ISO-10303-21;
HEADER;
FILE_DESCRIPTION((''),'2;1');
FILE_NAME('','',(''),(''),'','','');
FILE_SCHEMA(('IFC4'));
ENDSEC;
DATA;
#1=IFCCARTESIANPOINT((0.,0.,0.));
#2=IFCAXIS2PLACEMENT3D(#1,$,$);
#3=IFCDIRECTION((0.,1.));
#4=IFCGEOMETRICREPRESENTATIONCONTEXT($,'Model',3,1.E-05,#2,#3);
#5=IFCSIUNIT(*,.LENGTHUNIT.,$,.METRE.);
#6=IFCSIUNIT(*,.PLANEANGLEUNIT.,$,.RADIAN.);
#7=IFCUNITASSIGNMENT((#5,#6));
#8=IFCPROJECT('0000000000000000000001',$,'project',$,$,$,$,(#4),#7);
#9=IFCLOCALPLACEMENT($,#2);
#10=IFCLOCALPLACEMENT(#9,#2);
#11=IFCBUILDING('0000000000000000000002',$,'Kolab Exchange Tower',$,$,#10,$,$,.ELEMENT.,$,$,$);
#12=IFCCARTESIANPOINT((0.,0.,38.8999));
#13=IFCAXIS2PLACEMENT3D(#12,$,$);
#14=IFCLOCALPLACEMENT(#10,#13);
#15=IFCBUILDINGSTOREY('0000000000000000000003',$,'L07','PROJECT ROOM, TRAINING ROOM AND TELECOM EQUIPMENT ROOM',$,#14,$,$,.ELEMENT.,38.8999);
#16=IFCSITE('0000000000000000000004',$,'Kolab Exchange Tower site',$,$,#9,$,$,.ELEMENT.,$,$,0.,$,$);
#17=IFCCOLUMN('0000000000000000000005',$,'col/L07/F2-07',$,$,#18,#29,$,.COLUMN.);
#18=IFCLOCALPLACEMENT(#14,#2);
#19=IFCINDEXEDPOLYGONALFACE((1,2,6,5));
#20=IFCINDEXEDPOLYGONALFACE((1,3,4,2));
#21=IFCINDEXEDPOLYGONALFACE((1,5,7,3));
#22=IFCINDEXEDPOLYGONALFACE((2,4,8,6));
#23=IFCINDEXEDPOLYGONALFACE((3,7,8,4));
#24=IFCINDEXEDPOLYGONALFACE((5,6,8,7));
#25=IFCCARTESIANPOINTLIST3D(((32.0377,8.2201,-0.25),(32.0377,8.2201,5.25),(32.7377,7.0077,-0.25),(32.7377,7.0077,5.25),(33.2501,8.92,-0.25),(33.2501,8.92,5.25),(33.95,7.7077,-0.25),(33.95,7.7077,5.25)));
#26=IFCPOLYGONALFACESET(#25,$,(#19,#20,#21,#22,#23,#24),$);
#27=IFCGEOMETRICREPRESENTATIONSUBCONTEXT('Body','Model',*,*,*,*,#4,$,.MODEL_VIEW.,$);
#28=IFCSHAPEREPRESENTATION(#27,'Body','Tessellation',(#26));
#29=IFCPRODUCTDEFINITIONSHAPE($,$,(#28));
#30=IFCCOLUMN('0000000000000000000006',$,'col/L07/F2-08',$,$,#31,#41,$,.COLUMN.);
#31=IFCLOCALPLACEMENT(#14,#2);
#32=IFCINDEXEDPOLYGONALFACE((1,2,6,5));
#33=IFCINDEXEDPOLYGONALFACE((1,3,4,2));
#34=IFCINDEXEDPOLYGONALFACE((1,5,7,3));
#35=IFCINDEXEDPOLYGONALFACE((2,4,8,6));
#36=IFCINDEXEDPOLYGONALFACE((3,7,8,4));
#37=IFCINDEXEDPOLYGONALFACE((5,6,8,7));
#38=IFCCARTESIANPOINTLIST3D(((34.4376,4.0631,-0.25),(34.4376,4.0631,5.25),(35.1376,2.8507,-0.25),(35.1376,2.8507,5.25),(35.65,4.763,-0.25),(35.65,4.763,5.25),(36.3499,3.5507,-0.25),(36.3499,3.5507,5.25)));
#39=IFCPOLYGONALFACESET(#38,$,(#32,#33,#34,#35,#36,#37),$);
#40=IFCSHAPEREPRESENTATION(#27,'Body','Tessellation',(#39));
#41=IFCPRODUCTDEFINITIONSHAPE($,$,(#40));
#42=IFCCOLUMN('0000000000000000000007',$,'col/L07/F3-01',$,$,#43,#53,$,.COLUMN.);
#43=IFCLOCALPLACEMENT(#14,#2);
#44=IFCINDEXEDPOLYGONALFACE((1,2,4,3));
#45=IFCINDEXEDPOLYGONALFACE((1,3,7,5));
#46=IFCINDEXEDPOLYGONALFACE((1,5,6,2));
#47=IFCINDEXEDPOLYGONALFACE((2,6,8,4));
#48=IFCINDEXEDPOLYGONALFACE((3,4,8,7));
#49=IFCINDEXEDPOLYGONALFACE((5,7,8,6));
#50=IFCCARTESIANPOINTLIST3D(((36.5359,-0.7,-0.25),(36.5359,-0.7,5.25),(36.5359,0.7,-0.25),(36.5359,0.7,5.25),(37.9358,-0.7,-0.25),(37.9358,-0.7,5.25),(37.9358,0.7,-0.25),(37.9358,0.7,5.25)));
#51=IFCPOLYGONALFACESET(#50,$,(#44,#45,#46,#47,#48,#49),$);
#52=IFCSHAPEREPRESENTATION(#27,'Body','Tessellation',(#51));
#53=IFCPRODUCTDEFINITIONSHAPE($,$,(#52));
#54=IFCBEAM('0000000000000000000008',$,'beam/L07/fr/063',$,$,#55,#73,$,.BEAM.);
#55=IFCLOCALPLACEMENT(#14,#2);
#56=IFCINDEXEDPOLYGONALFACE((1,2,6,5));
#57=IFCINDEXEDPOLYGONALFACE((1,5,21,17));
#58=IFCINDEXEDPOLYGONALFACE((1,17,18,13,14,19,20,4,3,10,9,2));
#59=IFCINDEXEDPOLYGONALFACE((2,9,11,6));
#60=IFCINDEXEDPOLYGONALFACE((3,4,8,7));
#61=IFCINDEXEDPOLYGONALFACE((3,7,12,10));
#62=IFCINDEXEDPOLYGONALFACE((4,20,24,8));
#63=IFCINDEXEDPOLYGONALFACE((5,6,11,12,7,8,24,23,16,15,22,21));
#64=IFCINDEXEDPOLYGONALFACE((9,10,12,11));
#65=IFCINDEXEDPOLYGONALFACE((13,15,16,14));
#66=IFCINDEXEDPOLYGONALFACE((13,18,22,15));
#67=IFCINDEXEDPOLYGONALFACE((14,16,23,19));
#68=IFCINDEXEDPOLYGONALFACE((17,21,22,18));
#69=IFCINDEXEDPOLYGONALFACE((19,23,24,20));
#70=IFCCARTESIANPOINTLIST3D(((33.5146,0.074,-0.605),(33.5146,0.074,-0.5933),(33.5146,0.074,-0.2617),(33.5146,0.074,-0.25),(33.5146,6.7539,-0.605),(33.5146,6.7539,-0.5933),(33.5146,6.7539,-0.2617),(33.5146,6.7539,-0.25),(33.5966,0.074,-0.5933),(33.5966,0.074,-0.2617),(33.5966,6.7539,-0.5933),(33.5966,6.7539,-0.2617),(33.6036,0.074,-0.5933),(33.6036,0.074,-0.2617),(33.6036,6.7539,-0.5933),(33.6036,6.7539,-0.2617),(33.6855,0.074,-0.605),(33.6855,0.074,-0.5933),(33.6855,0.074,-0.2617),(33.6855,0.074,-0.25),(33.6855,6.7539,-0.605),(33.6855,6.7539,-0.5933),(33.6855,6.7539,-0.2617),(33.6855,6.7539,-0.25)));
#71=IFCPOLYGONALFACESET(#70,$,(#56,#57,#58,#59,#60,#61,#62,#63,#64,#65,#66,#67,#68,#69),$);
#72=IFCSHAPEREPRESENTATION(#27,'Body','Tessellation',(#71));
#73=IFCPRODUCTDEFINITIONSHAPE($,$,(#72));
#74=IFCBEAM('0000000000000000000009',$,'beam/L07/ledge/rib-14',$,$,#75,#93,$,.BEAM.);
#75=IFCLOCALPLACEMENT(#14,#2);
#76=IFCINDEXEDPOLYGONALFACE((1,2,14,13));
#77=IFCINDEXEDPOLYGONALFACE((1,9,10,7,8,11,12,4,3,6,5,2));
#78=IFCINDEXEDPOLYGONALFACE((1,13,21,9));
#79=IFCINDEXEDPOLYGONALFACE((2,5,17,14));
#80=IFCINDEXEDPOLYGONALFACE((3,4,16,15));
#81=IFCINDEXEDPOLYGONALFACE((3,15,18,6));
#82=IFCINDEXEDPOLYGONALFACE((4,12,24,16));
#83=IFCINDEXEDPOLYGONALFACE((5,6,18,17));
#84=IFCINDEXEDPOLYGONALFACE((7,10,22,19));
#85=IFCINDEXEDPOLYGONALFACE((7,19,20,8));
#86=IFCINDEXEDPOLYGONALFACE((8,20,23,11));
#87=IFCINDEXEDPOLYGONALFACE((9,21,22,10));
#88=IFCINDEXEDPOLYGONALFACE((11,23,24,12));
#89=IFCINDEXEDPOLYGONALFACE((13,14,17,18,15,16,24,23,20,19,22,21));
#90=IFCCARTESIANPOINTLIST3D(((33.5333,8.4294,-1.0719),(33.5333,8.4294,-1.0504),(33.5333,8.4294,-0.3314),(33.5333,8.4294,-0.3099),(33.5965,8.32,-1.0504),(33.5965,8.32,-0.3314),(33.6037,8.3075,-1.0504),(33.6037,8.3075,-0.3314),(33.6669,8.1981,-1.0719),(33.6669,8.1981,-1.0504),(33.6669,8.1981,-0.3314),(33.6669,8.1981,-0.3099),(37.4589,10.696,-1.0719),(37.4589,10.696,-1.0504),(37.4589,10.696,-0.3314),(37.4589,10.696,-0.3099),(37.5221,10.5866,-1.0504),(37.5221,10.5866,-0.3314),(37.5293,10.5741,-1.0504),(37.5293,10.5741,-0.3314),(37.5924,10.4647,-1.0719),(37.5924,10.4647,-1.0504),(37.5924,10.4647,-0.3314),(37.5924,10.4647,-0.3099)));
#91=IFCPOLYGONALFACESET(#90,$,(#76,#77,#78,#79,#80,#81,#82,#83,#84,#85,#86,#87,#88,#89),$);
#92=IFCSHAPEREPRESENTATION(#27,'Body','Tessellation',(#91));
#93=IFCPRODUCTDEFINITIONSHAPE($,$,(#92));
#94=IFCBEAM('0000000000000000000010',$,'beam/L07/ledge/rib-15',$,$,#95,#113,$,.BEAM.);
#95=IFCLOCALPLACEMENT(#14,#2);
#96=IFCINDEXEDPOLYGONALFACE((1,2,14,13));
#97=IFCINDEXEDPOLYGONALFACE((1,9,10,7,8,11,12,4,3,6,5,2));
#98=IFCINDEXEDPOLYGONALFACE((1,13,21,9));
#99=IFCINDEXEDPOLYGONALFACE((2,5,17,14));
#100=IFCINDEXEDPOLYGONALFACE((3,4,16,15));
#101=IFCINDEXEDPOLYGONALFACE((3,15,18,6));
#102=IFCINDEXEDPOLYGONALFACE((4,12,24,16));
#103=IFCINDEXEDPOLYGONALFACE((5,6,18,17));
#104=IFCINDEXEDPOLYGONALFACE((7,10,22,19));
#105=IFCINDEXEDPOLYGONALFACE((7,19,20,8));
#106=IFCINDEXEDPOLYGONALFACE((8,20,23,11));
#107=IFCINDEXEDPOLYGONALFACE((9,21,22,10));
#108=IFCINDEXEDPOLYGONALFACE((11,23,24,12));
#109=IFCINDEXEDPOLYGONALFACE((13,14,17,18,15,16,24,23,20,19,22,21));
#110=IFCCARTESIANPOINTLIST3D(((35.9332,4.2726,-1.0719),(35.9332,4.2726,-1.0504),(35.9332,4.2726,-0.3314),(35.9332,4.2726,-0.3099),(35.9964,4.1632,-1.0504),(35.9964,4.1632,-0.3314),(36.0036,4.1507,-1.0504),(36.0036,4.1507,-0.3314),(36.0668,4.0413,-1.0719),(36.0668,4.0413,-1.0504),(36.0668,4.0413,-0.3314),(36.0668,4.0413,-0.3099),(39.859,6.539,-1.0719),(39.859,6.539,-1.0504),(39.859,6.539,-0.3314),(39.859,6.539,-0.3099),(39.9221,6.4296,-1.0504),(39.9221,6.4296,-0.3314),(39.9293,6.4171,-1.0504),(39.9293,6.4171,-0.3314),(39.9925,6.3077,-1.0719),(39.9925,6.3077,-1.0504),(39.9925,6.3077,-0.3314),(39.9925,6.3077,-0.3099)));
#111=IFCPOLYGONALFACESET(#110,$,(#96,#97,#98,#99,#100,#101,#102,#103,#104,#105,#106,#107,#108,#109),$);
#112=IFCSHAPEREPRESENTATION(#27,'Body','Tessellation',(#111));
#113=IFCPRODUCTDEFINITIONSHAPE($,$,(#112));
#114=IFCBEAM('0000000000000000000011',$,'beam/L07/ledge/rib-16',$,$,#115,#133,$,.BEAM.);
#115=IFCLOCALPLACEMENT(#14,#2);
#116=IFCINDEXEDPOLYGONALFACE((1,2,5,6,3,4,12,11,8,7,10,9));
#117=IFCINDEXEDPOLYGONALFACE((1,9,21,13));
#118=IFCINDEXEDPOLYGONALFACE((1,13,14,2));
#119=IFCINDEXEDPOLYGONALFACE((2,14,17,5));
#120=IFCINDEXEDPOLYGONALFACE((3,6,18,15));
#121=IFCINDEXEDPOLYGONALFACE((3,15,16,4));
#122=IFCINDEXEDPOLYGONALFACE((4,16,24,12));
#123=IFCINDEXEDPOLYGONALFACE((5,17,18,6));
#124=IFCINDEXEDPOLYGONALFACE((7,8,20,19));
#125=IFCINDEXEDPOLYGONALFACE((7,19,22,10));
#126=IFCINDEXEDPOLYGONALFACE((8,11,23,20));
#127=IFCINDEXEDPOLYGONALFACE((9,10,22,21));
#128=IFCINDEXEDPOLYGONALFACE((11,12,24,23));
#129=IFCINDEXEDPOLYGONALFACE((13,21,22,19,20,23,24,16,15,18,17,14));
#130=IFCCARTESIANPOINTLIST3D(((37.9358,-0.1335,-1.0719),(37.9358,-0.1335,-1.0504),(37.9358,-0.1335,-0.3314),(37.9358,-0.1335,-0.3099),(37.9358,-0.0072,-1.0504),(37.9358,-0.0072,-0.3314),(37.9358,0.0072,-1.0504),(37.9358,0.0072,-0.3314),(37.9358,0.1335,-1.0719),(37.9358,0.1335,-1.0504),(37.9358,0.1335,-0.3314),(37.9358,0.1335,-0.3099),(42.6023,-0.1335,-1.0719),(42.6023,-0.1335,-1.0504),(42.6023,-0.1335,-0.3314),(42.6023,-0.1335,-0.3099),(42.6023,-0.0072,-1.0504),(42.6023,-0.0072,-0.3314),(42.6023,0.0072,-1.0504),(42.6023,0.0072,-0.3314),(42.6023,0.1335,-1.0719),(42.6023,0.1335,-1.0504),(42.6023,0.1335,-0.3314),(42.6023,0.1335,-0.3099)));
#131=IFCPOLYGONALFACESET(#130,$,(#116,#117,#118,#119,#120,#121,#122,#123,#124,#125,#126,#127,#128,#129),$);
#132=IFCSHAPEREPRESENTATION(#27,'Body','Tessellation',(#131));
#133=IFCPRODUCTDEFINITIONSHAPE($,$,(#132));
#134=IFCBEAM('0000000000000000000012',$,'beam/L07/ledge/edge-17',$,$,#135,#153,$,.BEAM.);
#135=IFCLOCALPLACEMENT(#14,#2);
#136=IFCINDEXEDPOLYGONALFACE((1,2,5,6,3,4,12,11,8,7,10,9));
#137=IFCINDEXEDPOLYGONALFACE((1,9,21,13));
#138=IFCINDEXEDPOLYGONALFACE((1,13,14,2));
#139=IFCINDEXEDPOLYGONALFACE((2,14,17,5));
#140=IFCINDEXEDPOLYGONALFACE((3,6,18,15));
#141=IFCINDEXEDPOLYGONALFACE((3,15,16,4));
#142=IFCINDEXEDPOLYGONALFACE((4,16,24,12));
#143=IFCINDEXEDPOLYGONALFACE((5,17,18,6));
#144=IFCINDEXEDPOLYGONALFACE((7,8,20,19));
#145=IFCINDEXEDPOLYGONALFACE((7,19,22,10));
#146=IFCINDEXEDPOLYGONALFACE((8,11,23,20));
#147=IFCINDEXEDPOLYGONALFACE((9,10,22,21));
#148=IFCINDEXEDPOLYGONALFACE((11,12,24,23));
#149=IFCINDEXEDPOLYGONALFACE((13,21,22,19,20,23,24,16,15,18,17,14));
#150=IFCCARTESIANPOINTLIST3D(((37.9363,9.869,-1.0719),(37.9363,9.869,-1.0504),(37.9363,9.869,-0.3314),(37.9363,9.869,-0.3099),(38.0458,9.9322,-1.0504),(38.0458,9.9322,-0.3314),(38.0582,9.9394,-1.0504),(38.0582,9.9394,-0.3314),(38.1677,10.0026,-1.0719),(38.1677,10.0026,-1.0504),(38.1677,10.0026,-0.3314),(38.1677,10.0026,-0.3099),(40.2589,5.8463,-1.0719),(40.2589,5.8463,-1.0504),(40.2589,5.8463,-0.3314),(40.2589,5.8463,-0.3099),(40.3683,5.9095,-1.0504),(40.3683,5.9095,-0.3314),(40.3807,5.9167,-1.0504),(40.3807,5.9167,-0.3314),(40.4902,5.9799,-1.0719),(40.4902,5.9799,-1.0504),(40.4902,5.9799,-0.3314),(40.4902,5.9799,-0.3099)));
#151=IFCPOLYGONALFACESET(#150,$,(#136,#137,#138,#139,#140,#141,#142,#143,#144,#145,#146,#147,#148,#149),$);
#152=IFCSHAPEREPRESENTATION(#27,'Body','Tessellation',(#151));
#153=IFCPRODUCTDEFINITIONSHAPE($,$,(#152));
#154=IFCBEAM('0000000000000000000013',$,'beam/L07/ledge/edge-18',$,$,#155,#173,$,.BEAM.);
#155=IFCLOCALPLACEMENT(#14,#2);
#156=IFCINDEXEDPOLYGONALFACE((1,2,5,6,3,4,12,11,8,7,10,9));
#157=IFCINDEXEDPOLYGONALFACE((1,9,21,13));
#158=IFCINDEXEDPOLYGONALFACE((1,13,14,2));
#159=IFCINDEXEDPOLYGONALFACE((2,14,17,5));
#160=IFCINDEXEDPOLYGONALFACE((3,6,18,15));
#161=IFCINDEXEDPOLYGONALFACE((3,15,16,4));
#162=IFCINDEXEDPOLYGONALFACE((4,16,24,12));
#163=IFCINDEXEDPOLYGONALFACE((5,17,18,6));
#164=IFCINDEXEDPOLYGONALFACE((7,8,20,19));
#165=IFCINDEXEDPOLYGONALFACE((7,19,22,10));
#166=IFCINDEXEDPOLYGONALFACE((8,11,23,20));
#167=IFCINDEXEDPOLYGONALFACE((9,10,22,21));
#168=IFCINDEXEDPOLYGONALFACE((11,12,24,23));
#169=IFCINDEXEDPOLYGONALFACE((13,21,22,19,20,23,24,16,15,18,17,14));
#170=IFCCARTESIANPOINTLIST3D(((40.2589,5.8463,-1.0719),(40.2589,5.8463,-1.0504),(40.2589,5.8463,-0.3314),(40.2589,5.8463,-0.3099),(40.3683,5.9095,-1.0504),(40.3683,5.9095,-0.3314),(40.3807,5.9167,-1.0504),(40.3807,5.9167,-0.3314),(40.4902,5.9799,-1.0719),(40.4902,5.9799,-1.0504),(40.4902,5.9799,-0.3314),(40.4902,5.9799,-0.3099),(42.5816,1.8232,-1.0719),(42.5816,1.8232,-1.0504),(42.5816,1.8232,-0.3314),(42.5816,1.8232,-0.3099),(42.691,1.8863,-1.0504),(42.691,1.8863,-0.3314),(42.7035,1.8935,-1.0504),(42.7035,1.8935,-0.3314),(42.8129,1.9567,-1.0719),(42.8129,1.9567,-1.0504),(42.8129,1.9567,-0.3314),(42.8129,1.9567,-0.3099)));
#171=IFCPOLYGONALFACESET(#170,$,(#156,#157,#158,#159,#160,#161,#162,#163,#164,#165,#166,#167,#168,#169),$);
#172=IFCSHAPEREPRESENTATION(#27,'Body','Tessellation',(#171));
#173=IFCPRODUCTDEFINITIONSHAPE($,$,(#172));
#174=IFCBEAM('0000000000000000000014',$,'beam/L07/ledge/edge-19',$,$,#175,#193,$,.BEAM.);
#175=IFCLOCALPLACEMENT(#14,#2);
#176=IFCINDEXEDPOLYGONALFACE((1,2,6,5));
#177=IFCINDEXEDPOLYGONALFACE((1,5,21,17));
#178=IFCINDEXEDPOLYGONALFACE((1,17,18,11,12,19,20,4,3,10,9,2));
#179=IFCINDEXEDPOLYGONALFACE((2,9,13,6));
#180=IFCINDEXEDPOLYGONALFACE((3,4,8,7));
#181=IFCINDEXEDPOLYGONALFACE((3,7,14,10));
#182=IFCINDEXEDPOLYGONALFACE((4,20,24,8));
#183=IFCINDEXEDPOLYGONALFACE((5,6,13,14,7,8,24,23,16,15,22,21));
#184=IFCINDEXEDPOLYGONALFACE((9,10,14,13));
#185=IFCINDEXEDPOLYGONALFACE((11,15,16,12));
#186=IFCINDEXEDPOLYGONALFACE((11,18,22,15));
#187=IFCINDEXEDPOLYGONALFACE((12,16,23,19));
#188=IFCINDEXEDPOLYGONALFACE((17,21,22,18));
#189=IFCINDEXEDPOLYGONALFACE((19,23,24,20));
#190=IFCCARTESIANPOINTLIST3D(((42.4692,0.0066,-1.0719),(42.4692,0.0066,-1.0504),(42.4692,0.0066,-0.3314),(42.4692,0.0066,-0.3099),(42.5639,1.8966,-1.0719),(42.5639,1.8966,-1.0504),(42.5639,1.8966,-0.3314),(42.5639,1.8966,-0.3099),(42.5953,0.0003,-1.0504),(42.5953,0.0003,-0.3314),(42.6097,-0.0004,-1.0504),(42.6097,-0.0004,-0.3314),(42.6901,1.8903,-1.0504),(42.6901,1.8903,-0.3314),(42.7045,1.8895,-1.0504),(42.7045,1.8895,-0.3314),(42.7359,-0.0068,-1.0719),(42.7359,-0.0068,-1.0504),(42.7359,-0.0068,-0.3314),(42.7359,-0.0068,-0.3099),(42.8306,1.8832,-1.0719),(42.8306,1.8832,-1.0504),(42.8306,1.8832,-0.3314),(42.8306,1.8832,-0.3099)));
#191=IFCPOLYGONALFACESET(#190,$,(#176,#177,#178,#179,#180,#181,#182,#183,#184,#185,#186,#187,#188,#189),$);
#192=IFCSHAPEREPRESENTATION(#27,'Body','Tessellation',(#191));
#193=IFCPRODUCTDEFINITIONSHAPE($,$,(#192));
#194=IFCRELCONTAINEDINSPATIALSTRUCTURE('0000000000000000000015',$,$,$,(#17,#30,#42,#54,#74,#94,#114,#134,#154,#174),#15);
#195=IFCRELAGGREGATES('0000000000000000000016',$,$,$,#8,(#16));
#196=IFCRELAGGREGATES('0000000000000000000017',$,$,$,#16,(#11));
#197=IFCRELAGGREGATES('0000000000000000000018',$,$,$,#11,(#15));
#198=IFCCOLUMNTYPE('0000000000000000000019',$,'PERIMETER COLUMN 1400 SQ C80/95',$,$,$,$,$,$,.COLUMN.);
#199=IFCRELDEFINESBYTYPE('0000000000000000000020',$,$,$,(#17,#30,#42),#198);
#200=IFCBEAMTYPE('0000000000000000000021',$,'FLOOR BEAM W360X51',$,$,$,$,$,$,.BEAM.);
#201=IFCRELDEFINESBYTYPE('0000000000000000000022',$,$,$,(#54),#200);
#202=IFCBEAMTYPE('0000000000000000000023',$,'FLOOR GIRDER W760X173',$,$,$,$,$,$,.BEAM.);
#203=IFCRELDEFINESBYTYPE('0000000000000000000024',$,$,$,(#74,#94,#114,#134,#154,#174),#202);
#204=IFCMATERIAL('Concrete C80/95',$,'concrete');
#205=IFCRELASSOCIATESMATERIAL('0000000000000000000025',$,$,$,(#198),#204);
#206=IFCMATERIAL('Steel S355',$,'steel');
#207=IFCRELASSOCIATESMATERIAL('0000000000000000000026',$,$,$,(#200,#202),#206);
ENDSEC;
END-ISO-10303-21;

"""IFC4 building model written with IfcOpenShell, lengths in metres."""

from ifc_helpers import new_model, si_unit, direction, frame, origin, origin_2d, place, context, subcontext, project, spatial, rectangle, i_section, extrude, material, material_profile, profile_set, type_object, element, save


model = new_model("IFC4")

# Units and contexts
model_context = context("Model", 3, precision=1e-05, world=origin(), true_north=direction((0.0, 1.0)))
body_context = subcontext(model_context, "Body", "Model", "MODEL_VIEW")
ifc_project = project(units=[si_unit("LENGTHUNIT", "METRE"), si_unit("PLANEANGLEUNIT", "RADIAN")], contexts=[model_context])

# Site, building, storey
site_placement = place(None, origin())
site = spatial("IfcSite", under=ifc_project, at=site_placement, Name="Kolab Exchange Tower site", CompositionType="ELEMENT", RefElevation=0.0)
building_placement = place(site_placement, origin())
building = spatial("IfcBuilding", under=site, at=building_placement, Name="Kolab Exchange Tower", CompositionType="ELEMENT")
storey_placement = place(building_placement, frame((0.0, 0.0, 38.8999)))
storey = spatial("IfcBuildingStorey", under=building, at=storey_placement, Name="L07", Description="PROJECT ROOM, TRAINING ROOM AND TELECOM EQUIPMENT ROOM", CompositionType="ELEMENT", Elevation=38.8999)

# Columns
ifc_material_1 = material(Name="Concrete C80/95", Category="concrete")
ifc_material_profile_1 = material_profile(ifc_material_1, rectangle(XDim=1.3999, YDim=1.3999, at=origin_2d()), Name="RC1400")
ifc_profile_set_1 = profile_set([ifc_material_profile_1], Name="Concrete C80/95")
column_type = type_object("IfcColumnType", Name="PERIMETER COLUMN 1400 SQ C80/95", PredefinedType="COLUMN", material=ifc_profile_set_1)
for number, where, z_axis, x_axis, name in (
    (1, (32.9939, 7.9639, -0.25), (0.0, 0.0, 1.0), (0.866025, 0.5, 0.0), "col/L07/F2-07"),
    (2, (35.3938, 3.8069, -0.25), (0.0, 0.0, 1.0), (0.866025, 0.5, 0.0), "col/L07/F2-08"),
    (3, (37.2358, 0.0, -0.25), (0.0, 0.0, 1.0), (1.0, 0.0, 0.0), "col/L07/F3-01"),
):
    element("IfcColumn", number, at=place(storey_placement, frame(where, z_axis=z_axis, x_axis=x_axis)), inside=storey, type_object=column_type, Name=name, PredefinedType="COLUMN", context=body_context, shape_type="SweptSolid", body=[
        extrude(rectangle(XDim=1.3999, YDim=1.3999, at=origin_2d()), origin(), (0.0, 0.0, 1.0), 5.5),
    ])

# Beams
ifc_material_2 = material(Name="Steel S355", Category="steel")
ifc_material_profile_2 = material_profile(ifc_material_2, i_section(OverallWidth=0.1709, OverallDepth=0.355, WebThickness=0.0071, FlangeThickness=0.0117, at=origin_2d()), Name="W360X51")
ifc_profile_set_2 = profile_set([ifc_material_profile_2], Name="Steel S355")
beam_type_1 = type_object("IfcBeamType", Name="FLOOR BEAM W360X51", PredefinedType="BEAM", material=ifc_profile_set_2)
beam_1_placement = place(storey_placement, frame((33.6001, 0.074, -0.4275), z_axis=(0.0, 1.0, 0.0), x_axis=(-1.0, 0.0, 0.0)))
element("IfcBeam", 4, at=beam_1_placement, inside=storey, type_object=beam_type_1, Name="beam/L07/fr/063", PredefinedType="BEAM", context=body_context, shape_type="SweptSolid", body=[
    extrude(i_section(OverallWidth=0.1709, OverallDepth=0.355, WebThickness=0.0071, FlangeThickness=0.0117, at=origin_2d()), origin(), (0.0, 0.0, 1.0), 6.6799),
])
ifc_material_profile_3 = material_profile(ifc_material_2, i_section(OverallWidth=0.2671, OverallDepth=0.762, WebThickness=0.0144, FlangeThickness=0.0215, at=origin_2d()), Name="W760X173")
ifc_profile_set_3 = profile_set([ifc_material_profile_3], Name="Steel S355")
beam_type_2 = type_object("IfcBeamType", Name="FLOOR GIRDER W760X173", PredefinedType="BEAM", material=ifc_profile_set_3)
for number, where, z_axis, x_axis, name in (
    (5, (33.6001, 8.3137, -0.6909), (0.866007, 0.500032, 0.0), (-0.500032, 0.866007, 0.0), "beam/L07/ledge/rib-14"),
    (6, (36.0, 4.157, -0.6909), (0.866044, 0.499968, 0.0), (-0.499968, 0.866044, 0.0), "beam/L07/ledge/rib-15"),
):
    element("IfcBeam", number, at=place(storey_placement, frame(where, z_axis=z_axis, x_axis=x_axis)), inside=storey, type_object=beam_type_2, Name=name, PredefinedType="BEAM", context=body_context, shape_type="SweptSolid", body=[
        extrude(i_section(OverallWidth=0.2671, OverallDepth=0.762, WebThickness=0.0144, FlangeThickness=0.0215, at=origin_2d()), origin(), (0.0, 0.0, 1.0), 4.533),
    ])
beam_2_placement = place(storey_placement, frame((37.9358, 0.0, -0.6909), z_axis=(1.0, 0.0, 0.0), x_axis=(0.0, 1.0, 0.0)))
element("IfcBeam", 7, at=beam_2_placement, inside=storey, type_object=beam_type_2, Name="beam/L07/ledge/rib-16", PredefinedType="BEAM", context=body_context, shape_type="SweptSolid", body=[
    extrude(i_section(OverallWidth=0.2671, OverallDepth=0.762, WebThickness=0.0144, FlangeThickness=0.0215, at=origin_2d()), origin(), (0.0, 0.0, 1.0), 4.6665),
])
beam_3_placement = place(storey_placement, frame((38.052, 9.9358, -0.6909), z_axis=(0.5, -0.866025, 0.0), x_axis=(0.866025, 0.5, 0.0)))
element("IfcBeam", 8, at=beam_3_placement, inside=storey, type_object=beam_type_2, Name="beam/L07/ledge/edge-17", PredefinedType="BEAM", context=body_context, shape_type="SweptSolid", body=[
    extrude(i_section(OverallWidth=0.2671, OverallDepth=0.762, WebThickness=0.0144, FlangeThickness=0.0215, at=origin_2d()), origin(), (0.0, 0.0, 1.0), 4.645),
])
beam_4_placement = place(storey_placement, frame((40.3745, 5.9131, -0.6909), z_axis=(0.499994, -0.866029, 0.0), x_axis=(0.866029, 0.499994, 0.0)))
element("IfcBeam", 9, at=beam_4_placement, inside=storey, type_object=beam_type_2, Name="beam/L07/ledge/edge-18", PredefinedType="BEAM", context=body_context, shape_type="SweptSolid", body=[
    extrude(i_section(OverallWidth=0.2671, OverallDepth=0.762, WebThickness=0.0144, FlangeThickness=0.0215, at=origin_2d()), origin(), (0.0, 0.0, 1.0), 4.6455),
])
beam_5_placement = place(storey_placement, frame((42.6973, 1.8899, -0.6909), z_axis=(-0.05006, -0.998746, 0.0), x_axis=(0.998746, -0.05006, 0.0)))
element("IfcBeam", 10, at=beam_5_placement, inside=storey, type_object=beam_type_2, Name="beam/L07/ledge/edge-19", PredefinedType="BEAM", context=body_context, shape_type="SweptSolid", body=[
    extrude(i_section(OverallWidth=0.2671, OverallDepth=0.762, WebThickness=0.0144, FlangeThickness=0.0215, at=origin_2d()), origin(), (0.0, 0.0, 1.0), 1.8923),
])

save(model, "model.ifc")
